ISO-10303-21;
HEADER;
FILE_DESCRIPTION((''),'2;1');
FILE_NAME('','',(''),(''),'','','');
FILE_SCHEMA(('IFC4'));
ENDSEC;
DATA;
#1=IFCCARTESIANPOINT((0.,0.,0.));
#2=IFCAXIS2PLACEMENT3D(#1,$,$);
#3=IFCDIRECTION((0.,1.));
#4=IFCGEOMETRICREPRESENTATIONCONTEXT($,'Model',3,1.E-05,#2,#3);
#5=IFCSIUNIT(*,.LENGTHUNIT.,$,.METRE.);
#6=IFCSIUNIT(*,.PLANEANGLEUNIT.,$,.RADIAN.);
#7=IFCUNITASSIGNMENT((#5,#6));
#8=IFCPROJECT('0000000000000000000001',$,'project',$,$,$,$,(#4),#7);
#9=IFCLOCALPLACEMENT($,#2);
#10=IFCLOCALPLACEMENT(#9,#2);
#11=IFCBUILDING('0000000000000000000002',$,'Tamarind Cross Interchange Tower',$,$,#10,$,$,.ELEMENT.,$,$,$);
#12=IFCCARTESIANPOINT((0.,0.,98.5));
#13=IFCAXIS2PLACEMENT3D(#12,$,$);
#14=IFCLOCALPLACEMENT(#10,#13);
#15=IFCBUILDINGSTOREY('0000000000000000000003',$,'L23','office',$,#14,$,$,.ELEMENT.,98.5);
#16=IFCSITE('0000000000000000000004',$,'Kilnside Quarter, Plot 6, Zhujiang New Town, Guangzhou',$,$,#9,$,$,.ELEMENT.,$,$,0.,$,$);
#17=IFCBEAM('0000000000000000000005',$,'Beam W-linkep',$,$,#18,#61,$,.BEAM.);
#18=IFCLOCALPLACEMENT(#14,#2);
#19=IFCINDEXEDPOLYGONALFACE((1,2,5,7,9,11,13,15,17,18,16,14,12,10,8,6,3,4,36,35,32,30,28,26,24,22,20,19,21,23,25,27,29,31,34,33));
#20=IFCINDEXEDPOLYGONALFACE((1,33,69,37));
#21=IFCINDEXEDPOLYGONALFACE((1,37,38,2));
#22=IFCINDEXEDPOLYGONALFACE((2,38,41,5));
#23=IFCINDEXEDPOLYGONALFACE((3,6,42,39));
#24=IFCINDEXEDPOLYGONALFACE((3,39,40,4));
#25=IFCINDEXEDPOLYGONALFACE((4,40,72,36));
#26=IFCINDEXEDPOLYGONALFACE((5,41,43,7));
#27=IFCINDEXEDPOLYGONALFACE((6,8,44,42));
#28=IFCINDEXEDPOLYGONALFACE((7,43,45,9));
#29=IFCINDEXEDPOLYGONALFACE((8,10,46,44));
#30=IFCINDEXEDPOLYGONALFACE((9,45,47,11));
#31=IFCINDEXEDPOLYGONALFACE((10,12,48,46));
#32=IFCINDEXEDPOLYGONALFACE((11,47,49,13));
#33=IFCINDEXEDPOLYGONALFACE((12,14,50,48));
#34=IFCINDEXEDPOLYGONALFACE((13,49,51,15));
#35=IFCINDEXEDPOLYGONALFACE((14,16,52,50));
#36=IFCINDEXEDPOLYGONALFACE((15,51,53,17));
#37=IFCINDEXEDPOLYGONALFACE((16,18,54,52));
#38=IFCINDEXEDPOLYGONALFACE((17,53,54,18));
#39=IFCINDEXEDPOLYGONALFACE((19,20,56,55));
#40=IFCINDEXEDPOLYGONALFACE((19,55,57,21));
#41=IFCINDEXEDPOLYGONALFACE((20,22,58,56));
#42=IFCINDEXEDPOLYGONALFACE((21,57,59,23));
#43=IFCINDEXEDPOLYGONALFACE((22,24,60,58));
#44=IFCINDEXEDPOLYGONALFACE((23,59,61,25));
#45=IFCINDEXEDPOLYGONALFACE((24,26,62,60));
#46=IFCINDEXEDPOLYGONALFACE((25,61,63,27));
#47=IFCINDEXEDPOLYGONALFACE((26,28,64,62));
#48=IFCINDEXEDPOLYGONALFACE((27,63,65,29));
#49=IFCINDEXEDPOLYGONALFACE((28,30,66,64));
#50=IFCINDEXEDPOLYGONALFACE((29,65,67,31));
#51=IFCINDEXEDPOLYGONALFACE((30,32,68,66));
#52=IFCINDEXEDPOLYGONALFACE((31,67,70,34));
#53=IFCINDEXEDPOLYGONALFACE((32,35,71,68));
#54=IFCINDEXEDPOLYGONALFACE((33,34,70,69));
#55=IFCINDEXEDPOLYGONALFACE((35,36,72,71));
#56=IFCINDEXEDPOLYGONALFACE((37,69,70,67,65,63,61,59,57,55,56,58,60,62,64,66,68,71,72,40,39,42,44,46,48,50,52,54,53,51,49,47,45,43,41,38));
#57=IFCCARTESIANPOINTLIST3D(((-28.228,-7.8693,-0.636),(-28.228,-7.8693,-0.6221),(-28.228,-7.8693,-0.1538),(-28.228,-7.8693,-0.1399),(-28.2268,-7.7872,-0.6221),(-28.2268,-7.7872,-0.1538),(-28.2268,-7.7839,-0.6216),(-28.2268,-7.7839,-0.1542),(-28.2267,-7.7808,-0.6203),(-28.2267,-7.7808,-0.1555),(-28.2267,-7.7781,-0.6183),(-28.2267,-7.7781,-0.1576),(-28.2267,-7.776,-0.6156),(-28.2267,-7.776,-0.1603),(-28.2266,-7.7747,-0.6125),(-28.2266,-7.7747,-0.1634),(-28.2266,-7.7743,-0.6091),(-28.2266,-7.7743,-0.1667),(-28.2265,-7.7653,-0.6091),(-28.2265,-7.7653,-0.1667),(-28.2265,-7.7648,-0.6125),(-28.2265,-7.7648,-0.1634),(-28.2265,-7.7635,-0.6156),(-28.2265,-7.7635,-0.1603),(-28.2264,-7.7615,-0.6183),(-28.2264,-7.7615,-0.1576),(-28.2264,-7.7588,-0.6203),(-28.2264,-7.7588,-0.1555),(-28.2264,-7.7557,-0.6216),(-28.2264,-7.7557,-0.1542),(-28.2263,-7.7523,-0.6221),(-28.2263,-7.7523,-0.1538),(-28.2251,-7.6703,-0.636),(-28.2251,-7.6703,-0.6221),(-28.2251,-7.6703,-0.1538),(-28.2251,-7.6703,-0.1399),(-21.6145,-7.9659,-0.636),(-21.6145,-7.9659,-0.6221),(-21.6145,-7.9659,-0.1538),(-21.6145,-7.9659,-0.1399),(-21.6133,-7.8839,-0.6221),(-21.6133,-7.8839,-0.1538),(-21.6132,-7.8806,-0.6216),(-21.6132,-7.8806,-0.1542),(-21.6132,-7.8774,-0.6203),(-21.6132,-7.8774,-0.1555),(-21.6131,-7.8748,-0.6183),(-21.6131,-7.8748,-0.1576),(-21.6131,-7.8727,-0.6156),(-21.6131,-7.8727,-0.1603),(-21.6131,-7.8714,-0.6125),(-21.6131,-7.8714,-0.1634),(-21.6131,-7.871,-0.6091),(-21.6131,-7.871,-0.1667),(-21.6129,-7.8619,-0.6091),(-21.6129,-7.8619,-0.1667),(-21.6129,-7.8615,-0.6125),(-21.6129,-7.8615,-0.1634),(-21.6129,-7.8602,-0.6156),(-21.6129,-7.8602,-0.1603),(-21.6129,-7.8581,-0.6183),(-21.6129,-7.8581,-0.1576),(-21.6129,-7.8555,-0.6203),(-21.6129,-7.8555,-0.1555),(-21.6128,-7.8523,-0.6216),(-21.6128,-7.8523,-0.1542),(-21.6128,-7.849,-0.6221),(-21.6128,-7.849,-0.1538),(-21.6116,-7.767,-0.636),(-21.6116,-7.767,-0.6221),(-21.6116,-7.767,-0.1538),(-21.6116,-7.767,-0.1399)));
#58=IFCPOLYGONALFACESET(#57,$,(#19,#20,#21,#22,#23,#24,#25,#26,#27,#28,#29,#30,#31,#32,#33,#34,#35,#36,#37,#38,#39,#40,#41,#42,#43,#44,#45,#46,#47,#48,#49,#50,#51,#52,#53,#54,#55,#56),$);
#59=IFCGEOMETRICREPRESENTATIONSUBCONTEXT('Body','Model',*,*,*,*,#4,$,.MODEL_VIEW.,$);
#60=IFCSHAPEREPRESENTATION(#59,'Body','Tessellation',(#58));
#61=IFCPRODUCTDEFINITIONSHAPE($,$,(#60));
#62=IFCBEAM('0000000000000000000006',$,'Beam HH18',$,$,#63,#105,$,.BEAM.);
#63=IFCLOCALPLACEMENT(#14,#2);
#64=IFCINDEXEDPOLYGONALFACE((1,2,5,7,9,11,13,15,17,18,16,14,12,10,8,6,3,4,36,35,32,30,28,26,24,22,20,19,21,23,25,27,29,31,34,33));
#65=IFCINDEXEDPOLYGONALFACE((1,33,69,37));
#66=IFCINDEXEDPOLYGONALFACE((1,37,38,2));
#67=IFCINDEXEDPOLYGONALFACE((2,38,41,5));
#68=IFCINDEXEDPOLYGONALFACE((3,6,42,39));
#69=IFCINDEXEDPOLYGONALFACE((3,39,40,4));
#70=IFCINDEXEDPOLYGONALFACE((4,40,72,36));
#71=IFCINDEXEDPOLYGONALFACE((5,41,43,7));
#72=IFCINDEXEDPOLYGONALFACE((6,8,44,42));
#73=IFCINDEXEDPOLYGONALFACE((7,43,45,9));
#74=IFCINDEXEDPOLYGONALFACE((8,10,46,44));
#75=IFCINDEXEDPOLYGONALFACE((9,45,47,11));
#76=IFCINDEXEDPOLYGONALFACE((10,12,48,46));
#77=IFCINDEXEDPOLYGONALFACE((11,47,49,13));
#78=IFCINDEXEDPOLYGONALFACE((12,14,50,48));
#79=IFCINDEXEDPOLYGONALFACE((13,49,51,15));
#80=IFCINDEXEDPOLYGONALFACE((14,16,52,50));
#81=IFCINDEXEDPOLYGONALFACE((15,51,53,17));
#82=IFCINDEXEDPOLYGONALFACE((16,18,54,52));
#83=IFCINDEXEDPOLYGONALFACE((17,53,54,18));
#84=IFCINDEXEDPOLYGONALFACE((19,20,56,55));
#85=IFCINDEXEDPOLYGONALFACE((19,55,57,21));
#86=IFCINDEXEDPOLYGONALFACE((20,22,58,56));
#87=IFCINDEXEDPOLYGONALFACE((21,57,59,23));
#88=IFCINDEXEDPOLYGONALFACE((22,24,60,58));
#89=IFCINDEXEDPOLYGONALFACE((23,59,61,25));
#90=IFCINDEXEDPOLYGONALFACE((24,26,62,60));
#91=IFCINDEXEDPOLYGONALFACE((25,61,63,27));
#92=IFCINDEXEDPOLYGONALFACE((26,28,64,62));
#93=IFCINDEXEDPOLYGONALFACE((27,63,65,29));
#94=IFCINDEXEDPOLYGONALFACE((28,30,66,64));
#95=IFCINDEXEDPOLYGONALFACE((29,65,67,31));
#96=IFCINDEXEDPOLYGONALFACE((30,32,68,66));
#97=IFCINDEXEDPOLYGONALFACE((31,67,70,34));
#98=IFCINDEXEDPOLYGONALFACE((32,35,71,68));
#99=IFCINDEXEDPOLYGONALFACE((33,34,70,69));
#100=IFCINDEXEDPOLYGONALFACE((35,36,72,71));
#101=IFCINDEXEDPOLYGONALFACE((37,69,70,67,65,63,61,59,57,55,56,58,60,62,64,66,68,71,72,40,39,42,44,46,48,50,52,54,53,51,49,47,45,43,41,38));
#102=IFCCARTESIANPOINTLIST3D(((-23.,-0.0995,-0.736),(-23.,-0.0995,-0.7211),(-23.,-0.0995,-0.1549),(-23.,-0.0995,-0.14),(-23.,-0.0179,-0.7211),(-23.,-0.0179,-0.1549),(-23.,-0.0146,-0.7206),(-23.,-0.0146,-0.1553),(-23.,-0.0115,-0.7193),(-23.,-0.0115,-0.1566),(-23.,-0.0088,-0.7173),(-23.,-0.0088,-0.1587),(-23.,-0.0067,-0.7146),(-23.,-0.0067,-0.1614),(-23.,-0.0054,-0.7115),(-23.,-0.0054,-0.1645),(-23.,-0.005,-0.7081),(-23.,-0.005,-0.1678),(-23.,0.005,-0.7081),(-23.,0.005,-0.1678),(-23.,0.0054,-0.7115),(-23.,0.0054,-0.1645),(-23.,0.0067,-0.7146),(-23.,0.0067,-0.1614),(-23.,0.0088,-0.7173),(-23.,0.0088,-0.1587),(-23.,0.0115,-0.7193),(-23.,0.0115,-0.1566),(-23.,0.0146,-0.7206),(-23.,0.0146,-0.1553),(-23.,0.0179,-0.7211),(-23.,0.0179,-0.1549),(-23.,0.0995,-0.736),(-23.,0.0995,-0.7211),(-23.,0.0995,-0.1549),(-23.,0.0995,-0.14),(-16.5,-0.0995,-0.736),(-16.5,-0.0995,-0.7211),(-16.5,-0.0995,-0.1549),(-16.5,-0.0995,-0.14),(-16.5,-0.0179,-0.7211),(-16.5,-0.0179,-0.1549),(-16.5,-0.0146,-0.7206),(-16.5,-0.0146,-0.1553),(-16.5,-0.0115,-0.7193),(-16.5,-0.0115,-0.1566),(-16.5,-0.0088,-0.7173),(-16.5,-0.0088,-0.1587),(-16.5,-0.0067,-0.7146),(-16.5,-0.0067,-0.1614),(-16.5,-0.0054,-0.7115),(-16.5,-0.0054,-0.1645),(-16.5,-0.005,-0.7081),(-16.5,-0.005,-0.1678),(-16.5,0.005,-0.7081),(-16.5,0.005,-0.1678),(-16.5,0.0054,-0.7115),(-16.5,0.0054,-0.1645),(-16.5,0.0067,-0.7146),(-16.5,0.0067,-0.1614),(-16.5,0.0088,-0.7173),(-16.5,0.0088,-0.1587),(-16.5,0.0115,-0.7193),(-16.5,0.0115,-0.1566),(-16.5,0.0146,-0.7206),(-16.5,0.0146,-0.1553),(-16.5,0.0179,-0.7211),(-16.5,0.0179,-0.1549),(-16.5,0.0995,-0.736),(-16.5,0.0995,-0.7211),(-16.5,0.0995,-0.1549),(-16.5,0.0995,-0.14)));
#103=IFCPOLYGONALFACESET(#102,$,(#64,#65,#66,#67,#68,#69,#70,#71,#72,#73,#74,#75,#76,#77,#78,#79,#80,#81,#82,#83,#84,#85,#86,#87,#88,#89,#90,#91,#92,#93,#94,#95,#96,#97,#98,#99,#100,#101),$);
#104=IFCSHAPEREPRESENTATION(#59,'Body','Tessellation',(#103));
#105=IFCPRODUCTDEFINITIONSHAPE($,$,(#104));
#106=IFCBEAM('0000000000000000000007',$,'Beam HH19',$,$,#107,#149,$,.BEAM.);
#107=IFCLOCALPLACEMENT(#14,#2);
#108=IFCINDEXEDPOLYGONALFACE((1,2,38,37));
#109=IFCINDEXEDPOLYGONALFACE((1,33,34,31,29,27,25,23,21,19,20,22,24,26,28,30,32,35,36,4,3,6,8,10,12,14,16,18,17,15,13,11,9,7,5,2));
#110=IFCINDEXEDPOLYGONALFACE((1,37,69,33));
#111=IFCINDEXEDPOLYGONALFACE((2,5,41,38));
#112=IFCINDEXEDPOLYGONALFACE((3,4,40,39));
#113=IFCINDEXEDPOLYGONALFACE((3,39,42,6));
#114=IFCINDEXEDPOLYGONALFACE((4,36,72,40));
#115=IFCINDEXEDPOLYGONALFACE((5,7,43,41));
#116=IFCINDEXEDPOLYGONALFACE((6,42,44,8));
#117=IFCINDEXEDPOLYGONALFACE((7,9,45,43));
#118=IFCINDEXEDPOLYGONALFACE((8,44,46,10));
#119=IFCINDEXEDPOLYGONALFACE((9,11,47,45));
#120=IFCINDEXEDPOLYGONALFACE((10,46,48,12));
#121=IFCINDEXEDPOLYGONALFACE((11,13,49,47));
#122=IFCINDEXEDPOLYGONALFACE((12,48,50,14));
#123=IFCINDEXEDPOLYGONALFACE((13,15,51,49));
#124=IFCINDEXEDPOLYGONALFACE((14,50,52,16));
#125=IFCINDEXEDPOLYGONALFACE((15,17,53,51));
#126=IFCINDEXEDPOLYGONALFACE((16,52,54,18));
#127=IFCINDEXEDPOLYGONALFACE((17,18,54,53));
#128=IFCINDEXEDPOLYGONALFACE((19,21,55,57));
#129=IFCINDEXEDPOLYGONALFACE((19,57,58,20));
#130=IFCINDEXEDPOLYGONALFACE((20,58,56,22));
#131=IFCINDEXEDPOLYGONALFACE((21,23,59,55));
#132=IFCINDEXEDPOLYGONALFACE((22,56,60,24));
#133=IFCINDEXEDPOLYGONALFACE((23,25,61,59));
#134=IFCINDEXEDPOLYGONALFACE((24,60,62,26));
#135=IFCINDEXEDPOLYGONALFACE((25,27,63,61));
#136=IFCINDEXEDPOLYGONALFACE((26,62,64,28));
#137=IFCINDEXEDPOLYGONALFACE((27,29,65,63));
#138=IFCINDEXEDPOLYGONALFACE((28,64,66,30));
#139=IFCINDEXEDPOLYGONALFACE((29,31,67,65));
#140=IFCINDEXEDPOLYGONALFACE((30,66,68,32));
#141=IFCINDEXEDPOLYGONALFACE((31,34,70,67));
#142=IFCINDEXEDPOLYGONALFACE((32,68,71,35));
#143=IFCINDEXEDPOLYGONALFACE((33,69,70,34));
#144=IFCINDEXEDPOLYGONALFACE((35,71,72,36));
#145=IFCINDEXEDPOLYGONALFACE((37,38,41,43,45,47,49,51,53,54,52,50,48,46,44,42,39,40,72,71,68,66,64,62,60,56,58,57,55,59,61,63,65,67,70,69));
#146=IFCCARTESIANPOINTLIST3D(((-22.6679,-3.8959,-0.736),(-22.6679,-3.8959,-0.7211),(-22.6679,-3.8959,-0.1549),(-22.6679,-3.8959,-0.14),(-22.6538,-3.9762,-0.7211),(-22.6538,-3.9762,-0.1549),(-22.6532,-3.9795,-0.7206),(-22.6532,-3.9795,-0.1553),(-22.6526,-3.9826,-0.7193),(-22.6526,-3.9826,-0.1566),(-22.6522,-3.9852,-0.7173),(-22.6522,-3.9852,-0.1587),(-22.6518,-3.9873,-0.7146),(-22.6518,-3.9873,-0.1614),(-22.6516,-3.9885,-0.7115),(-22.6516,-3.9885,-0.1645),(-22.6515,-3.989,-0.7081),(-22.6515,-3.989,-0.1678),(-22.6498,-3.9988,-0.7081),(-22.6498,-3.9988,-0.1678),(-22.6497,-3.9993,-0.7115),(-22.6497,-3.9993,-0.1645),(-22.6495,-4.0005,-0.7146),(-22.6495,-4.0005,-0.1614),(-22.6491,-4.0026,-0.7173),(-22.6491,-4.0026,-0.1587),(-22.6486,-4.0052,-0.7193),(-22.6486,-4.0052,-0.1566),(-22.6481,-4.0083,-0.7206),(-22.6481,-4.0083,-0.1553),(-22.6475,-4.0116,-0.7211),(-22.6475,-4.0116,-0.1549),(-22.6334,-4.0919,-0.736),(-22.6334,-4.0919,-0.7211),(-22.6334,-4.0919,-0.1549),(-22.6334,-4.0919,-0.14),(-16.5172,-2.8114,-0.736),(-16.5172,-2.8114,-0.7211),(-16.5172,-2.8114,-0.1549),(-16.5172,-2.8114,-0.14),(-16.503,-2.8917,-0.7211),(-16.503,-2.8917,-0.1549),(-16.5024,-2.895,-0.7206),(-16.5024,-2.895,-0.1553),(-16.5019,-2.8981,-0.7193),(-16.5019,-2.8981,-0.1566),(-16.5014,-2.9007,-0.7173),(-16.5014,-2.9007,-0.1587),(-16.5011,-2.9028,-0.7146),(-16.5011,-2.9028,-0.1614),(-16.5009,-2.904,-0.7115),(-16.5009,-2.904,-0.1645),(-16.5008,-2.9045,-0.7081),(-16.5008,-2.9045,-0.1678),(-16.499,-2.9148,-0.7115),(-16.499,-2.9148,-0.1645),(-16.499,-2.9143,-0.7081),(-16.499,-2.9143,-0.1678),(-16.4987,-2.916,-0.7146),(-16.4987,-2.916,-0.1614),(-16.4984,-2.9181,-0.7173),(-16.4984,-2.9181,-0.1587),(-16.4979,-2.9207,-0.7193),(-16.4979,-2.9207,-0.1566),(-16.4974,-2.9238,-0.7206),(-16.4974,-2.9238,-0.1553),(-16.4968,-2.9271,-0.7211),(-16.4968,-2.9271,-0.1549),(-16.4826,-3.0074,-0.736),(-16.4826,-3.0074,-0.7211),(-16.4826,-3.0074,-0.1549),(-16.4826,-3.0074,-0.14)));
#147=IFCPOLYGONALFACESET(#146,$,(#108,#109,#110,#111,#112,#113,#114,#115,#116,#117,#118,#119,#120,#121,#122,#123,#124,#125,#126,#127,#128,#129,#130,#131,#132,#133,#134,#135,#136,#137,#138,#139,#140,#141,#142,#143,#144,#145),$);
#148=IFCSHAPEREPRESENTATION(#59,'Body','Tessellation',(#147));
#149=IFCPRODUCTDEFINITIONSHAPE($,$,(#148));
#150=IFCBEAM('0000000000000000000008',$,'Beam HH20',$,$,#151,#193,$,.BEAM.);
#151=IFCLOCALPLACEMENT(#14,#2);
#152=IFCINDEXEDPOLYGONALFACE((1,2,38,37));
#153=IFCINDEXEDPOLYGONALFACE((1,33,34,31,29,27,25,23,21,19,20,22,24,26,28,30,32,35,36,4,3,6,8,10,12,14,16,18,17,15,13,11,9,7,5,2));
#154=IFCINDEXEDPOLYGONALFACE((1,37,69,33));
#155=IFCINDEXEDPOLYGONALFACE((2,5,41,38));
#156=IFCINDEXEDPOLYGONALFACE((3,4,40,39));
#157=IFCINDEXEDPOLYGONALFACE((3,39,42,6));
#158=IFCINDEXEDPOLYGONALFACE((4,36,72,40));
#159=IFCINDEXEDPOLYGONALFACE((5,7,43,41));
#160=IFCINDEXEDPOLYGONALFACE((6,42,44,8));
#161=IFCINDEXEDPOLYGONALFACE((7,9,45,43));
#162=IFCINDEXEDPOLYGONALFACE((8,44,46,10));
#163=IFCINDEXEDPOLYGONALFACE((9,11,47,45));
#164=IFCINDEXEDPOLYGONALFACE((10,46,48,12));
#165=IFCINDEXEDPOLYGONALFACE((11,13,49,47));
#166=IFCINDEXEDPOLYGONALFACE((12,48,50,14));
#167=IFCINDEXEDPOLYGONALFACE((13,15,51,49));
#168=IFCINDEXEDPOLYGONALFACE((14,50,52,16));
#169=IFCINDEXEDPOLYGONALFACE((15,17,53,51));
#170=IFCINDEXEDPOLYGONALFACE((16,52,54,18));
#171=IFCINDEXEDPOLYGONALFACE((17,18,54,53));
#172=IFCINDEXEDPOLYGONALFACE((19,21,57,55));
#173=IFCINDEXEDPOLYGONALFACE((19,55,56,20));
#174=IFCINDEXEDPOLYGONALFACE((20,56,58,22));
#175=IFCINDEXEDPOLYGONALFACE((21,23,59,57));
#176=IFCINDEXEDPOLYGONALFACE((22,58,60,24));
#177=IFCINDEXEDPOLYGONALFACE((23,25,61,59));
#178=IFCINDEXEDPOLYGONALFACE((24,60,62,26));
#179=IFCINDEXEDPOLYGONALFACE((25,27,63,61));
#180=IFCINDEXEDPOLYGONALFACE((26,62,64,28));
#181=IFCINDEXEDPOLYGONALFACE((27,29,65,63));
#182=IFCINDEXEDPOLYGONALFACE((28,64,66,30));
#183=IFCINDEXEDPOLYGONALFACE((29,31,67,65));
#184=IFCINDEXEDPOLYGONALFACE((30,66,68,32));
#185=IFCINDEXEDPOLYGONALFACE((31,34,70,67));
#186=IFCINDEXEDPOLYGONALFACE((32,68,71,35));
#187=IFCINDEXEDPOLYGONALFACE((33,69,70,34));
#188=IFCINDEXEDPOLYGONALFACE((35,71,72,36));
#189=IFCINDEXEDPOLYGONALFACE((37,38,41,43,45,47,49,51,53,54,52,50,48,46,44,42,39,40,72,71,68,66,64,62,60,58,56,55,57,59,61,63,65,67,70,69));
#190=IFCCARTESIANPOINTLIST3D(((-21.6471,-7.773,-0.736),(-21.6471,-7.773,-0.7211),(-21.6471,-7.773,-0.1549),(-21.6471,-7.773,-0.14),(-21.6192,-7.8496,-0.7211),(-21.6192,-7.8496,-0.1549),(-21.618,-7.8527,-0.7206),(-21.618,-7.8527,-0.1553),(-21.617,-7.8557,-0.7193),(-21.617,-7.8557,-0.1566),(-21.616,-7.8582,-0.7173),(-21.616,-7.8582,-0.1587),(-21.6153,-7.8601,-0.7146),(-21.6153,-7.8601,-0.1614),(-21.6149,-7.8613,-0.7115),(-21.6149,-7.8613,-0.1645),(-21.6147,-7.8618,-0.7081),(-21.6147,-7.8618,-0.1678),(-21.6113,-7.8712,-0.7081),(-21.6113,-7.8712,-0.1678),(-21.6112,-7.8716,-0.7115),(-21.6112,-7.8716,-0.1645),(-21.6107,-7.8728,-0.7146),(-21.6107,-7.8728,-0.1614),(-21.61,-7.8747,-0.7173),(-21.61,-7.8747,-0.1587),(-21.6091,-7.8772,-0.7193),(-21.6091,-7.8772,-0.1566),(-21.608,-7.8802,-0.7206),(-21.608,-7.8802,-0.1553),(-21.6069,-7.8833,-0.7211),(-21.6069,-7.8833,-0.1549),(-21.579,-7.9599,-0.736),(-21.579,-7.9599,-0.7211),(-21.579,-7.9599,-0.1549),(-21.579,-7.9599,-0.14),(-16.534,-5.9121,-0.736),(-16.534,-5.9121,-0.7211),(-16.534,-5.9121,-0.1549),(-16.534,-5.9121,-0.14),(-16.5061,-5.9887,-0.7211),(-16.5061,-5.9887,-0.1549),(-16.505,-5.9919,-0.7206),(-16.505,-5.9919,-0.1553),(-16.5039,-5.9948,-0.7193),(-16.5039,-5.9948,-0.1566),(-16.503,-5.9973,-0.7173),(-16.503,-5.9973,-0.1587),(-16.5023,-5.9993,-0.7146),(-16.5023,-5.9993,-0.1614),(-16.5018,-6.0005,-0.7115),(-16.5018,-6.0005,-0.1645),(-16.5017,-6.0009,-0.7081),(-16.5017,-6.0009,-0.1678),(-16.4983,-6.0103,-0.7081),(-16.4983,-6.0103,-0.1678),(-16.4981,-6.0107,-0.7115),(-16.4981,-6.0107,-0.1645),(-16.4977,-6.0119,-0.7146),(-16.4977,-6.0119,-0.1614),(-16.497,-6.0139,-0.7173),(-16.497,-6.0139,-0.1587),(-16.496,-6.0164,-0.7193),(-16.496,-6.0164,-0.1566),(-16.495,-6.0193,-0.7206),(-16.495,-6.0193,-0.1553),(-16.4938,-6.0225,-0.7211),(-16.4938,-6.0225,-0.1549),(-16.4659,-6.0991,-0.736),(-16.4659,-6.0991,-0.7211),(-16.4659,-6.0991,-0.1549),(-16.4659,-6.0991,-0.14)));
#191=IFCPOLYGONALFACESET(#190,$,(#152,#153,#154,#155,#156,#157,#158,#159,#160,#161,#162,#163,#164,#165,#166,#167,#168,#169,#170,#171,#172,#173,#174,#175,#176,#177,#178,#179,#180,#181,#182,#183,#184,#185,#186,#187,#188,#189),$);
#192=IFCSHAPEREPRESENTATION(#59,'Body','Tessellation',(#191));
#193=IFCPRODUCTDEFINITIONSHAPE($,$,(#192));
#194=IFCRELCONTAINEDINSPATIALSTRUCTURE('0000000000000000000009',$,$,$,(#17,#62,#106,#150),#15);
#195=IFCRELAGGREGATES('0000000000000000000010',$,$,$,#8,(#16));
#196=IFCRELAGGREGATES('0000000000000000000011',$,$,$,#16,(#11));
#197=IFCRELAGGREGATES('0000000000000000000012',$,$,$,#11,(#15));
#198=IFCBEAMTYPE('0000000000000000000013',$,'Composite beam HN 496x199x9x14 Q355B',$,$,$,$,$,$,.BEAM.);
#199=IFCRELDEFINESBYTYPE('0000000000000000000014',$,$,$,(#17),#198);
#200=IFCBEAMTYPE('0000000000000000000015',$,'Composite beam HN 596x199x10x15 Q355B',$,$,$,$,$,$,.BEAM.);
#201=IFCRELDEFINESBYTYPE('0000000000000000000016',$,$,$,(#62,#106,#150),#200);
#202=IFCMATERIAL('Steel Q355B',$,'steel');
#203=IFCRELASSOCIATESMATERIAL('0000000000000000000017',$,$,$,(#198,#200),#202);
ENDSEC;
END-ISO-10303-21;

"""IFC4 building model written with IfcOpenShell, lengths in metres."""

from ifc_helpers import new_model, si_unit, direction, frame, origin, origin_2d, place, context, subcontext, project, spatial, i_section, extrude, material, material_profile, profile_set, type_object, element, save


model = new_model("IFC4")

# Units and contexts
model_context = context("Model", 3, precision=1e-05, world=origin(), true_north=direction((0.0, 1.0)))
body_context = subcontext(model_context, "Body", "Model", "MODEL_VIEW")
ifc_project = project(units=[si_unit("LENGTHUNIT", "METRE"), si_unit("PLANEANGLEUNIT", "RADIAN")], contexts=[model_context])

# Site, building, storey
site_placement = place(None, origin())
site = spatial("IfcSite", under=ifc_project, at=site_placement, Name="Kilnside Quarter, Plot 6, Zhujiang New Town, Guangzhou", CompositionType="ELEMENT", RefElevation=0.0)
building_placement = place(site_placement, origin())
building = spatial("IfcBuilding", under=site, at=building_placement, Name="Tamarind Cross Interchange Tower", CompositionType="ELEMENT")
storey_placement = place(building_placement, frame((0.0, 0.0, 98.5)))
storey = spatial("IfcBuildingStorey", under=building, at=storey_placement, Name="L23", Description="office", CompositionType="ELEMENT", Elevation=98.5)

# Beams
ifc_material_1 = material(Name="Steel Q355B", Category="steel")
ifc_material_profile_1 = material_profile(ifc_material_1, i_section(OverallWidth=0.199, OverallDepth=0.4961, WebThickness=0.009, FlangeThickness=0.0139, FilletRadius=0.0129, at=origin_2d()), Name="HN 496x199x9x14")
ifc_profile_set_1 = profile_set([ifc_material_profile_1], Name="Steel Q355B")
beam_type_1 = type_object("IfcBeamType", Name="Composite beam HN 496x199x9x14 Q355B", PredefinedType="BEAM", material=ifc_profile_set_1)
beam_1_placement = place(storey_placement, frame((-28.2266, -7.7698, -0.3879), z_axis=(0.999893, -0.014617, 0.0), x_axis=(0.014617, 0.999893, 0.0)))
element("IfcBeam", 1, at=beam_1_placement, inside=storey, type_object=beam_type_1, Name="Beam W-linkep", PredefinedType="BEAM", context=body_context, shape_type="SweptSolid", body=[
    extrude(i_section(OverallWidth=0.199, OverallDepth=0.4961, WebThickness=0.009, FlangeThickness=0.0139, FilletRadius=0.0129, at=origin_2d()), origin(), (0.0, 0.0, 1.0), 6.6143),
])
ifc_material_profile_2 = material_profile(ifc_material_1, i_section(OverallWidth=0.199, OverallDepth=0.5959, WebThickness=0.01, FlangeThickness=0.0149, FilletRadius=0.0129, at=origin_2d()), Name="HN 596x199x10x15")
ifc_profile_set_2 = profile_set([ifc_material_profile_2], Name="Steel Q355B")
beam_type_2 = type_object("IfcBeamType", Name="Composite beam HN 596x199x10x15 Q355B", PredefinedType="BEAM", material=ifc_profile_set_2)
beam_2_placement = place(storey_placement, frame((-23.0, 0.0, -0.438), z_axis=(1.0, 0.0, 0.0), x_axis=(0.0, 1.0, 0.0)))
element("IfcBeam", 2, at=beam_2_placement, inside=storey, type_object=beam_type_2, Name="Beam HH18", PredefinedType="BEAM", context=body_context, shape_type="SweptSolid", body=[
    extrude(i_section(OverallWidth=0.199, OverallDepth=0.5959, WebThickness=0.01, FlangeThickness=0.0149, FilletRadius=0.0129, at=origin_2d()), origin(), (0.0, 0.0, 1.0), 6.5),
])
beam_3_placement = place(storey_placement, frame((-22.6506, -3.9939, -0.438), z_axis=(0.984809, 0.17364, 0.0), x_axis=(-0.17364, 0.984809, 0.0)))
element("IfcBeam", 3, at=beam_3_placement, inside=storey, type_object=beam_type_2, Name="Beam HH19", PredefinedType="BEAM", context=body_context, shape_type="SweptSolid", body=[
    extrude(i_section(OverallWidth=0.199, OverallDepth=0.5959, WebThickness=0.01, FlangeThickness=0.0149, FilletRadius=0.0129, at=origin_2d()), origin(), (0.0, 0.0, 1.0), 6.2456),
])
beam_4_placement = place(storey_placement, frame((-21.613, -7.8665, -0.438), z_axis=(0.939702, 0.341995, 0.0), x_axis=(-0.341995, 0.939702, 0.0)))
element("IfcBeam", 4, at=beam_4_placement, inside=storey, type_object=beam_type_2, Name="Beam HH20", PredefinedType="BEAM", context=body_context, shape_type="SweptSolid", body=[
    extrude(i_section(OverallWidth=0.199, OverallDepth=0.5959, WebThickness=0.01, FlangeThickness=0.0149, FilletRadius=0.0129, at=origin_2d()), origin(), (0.0, 0.0, 1.0), 5.4412),
])

save(model, "model.ifc")
